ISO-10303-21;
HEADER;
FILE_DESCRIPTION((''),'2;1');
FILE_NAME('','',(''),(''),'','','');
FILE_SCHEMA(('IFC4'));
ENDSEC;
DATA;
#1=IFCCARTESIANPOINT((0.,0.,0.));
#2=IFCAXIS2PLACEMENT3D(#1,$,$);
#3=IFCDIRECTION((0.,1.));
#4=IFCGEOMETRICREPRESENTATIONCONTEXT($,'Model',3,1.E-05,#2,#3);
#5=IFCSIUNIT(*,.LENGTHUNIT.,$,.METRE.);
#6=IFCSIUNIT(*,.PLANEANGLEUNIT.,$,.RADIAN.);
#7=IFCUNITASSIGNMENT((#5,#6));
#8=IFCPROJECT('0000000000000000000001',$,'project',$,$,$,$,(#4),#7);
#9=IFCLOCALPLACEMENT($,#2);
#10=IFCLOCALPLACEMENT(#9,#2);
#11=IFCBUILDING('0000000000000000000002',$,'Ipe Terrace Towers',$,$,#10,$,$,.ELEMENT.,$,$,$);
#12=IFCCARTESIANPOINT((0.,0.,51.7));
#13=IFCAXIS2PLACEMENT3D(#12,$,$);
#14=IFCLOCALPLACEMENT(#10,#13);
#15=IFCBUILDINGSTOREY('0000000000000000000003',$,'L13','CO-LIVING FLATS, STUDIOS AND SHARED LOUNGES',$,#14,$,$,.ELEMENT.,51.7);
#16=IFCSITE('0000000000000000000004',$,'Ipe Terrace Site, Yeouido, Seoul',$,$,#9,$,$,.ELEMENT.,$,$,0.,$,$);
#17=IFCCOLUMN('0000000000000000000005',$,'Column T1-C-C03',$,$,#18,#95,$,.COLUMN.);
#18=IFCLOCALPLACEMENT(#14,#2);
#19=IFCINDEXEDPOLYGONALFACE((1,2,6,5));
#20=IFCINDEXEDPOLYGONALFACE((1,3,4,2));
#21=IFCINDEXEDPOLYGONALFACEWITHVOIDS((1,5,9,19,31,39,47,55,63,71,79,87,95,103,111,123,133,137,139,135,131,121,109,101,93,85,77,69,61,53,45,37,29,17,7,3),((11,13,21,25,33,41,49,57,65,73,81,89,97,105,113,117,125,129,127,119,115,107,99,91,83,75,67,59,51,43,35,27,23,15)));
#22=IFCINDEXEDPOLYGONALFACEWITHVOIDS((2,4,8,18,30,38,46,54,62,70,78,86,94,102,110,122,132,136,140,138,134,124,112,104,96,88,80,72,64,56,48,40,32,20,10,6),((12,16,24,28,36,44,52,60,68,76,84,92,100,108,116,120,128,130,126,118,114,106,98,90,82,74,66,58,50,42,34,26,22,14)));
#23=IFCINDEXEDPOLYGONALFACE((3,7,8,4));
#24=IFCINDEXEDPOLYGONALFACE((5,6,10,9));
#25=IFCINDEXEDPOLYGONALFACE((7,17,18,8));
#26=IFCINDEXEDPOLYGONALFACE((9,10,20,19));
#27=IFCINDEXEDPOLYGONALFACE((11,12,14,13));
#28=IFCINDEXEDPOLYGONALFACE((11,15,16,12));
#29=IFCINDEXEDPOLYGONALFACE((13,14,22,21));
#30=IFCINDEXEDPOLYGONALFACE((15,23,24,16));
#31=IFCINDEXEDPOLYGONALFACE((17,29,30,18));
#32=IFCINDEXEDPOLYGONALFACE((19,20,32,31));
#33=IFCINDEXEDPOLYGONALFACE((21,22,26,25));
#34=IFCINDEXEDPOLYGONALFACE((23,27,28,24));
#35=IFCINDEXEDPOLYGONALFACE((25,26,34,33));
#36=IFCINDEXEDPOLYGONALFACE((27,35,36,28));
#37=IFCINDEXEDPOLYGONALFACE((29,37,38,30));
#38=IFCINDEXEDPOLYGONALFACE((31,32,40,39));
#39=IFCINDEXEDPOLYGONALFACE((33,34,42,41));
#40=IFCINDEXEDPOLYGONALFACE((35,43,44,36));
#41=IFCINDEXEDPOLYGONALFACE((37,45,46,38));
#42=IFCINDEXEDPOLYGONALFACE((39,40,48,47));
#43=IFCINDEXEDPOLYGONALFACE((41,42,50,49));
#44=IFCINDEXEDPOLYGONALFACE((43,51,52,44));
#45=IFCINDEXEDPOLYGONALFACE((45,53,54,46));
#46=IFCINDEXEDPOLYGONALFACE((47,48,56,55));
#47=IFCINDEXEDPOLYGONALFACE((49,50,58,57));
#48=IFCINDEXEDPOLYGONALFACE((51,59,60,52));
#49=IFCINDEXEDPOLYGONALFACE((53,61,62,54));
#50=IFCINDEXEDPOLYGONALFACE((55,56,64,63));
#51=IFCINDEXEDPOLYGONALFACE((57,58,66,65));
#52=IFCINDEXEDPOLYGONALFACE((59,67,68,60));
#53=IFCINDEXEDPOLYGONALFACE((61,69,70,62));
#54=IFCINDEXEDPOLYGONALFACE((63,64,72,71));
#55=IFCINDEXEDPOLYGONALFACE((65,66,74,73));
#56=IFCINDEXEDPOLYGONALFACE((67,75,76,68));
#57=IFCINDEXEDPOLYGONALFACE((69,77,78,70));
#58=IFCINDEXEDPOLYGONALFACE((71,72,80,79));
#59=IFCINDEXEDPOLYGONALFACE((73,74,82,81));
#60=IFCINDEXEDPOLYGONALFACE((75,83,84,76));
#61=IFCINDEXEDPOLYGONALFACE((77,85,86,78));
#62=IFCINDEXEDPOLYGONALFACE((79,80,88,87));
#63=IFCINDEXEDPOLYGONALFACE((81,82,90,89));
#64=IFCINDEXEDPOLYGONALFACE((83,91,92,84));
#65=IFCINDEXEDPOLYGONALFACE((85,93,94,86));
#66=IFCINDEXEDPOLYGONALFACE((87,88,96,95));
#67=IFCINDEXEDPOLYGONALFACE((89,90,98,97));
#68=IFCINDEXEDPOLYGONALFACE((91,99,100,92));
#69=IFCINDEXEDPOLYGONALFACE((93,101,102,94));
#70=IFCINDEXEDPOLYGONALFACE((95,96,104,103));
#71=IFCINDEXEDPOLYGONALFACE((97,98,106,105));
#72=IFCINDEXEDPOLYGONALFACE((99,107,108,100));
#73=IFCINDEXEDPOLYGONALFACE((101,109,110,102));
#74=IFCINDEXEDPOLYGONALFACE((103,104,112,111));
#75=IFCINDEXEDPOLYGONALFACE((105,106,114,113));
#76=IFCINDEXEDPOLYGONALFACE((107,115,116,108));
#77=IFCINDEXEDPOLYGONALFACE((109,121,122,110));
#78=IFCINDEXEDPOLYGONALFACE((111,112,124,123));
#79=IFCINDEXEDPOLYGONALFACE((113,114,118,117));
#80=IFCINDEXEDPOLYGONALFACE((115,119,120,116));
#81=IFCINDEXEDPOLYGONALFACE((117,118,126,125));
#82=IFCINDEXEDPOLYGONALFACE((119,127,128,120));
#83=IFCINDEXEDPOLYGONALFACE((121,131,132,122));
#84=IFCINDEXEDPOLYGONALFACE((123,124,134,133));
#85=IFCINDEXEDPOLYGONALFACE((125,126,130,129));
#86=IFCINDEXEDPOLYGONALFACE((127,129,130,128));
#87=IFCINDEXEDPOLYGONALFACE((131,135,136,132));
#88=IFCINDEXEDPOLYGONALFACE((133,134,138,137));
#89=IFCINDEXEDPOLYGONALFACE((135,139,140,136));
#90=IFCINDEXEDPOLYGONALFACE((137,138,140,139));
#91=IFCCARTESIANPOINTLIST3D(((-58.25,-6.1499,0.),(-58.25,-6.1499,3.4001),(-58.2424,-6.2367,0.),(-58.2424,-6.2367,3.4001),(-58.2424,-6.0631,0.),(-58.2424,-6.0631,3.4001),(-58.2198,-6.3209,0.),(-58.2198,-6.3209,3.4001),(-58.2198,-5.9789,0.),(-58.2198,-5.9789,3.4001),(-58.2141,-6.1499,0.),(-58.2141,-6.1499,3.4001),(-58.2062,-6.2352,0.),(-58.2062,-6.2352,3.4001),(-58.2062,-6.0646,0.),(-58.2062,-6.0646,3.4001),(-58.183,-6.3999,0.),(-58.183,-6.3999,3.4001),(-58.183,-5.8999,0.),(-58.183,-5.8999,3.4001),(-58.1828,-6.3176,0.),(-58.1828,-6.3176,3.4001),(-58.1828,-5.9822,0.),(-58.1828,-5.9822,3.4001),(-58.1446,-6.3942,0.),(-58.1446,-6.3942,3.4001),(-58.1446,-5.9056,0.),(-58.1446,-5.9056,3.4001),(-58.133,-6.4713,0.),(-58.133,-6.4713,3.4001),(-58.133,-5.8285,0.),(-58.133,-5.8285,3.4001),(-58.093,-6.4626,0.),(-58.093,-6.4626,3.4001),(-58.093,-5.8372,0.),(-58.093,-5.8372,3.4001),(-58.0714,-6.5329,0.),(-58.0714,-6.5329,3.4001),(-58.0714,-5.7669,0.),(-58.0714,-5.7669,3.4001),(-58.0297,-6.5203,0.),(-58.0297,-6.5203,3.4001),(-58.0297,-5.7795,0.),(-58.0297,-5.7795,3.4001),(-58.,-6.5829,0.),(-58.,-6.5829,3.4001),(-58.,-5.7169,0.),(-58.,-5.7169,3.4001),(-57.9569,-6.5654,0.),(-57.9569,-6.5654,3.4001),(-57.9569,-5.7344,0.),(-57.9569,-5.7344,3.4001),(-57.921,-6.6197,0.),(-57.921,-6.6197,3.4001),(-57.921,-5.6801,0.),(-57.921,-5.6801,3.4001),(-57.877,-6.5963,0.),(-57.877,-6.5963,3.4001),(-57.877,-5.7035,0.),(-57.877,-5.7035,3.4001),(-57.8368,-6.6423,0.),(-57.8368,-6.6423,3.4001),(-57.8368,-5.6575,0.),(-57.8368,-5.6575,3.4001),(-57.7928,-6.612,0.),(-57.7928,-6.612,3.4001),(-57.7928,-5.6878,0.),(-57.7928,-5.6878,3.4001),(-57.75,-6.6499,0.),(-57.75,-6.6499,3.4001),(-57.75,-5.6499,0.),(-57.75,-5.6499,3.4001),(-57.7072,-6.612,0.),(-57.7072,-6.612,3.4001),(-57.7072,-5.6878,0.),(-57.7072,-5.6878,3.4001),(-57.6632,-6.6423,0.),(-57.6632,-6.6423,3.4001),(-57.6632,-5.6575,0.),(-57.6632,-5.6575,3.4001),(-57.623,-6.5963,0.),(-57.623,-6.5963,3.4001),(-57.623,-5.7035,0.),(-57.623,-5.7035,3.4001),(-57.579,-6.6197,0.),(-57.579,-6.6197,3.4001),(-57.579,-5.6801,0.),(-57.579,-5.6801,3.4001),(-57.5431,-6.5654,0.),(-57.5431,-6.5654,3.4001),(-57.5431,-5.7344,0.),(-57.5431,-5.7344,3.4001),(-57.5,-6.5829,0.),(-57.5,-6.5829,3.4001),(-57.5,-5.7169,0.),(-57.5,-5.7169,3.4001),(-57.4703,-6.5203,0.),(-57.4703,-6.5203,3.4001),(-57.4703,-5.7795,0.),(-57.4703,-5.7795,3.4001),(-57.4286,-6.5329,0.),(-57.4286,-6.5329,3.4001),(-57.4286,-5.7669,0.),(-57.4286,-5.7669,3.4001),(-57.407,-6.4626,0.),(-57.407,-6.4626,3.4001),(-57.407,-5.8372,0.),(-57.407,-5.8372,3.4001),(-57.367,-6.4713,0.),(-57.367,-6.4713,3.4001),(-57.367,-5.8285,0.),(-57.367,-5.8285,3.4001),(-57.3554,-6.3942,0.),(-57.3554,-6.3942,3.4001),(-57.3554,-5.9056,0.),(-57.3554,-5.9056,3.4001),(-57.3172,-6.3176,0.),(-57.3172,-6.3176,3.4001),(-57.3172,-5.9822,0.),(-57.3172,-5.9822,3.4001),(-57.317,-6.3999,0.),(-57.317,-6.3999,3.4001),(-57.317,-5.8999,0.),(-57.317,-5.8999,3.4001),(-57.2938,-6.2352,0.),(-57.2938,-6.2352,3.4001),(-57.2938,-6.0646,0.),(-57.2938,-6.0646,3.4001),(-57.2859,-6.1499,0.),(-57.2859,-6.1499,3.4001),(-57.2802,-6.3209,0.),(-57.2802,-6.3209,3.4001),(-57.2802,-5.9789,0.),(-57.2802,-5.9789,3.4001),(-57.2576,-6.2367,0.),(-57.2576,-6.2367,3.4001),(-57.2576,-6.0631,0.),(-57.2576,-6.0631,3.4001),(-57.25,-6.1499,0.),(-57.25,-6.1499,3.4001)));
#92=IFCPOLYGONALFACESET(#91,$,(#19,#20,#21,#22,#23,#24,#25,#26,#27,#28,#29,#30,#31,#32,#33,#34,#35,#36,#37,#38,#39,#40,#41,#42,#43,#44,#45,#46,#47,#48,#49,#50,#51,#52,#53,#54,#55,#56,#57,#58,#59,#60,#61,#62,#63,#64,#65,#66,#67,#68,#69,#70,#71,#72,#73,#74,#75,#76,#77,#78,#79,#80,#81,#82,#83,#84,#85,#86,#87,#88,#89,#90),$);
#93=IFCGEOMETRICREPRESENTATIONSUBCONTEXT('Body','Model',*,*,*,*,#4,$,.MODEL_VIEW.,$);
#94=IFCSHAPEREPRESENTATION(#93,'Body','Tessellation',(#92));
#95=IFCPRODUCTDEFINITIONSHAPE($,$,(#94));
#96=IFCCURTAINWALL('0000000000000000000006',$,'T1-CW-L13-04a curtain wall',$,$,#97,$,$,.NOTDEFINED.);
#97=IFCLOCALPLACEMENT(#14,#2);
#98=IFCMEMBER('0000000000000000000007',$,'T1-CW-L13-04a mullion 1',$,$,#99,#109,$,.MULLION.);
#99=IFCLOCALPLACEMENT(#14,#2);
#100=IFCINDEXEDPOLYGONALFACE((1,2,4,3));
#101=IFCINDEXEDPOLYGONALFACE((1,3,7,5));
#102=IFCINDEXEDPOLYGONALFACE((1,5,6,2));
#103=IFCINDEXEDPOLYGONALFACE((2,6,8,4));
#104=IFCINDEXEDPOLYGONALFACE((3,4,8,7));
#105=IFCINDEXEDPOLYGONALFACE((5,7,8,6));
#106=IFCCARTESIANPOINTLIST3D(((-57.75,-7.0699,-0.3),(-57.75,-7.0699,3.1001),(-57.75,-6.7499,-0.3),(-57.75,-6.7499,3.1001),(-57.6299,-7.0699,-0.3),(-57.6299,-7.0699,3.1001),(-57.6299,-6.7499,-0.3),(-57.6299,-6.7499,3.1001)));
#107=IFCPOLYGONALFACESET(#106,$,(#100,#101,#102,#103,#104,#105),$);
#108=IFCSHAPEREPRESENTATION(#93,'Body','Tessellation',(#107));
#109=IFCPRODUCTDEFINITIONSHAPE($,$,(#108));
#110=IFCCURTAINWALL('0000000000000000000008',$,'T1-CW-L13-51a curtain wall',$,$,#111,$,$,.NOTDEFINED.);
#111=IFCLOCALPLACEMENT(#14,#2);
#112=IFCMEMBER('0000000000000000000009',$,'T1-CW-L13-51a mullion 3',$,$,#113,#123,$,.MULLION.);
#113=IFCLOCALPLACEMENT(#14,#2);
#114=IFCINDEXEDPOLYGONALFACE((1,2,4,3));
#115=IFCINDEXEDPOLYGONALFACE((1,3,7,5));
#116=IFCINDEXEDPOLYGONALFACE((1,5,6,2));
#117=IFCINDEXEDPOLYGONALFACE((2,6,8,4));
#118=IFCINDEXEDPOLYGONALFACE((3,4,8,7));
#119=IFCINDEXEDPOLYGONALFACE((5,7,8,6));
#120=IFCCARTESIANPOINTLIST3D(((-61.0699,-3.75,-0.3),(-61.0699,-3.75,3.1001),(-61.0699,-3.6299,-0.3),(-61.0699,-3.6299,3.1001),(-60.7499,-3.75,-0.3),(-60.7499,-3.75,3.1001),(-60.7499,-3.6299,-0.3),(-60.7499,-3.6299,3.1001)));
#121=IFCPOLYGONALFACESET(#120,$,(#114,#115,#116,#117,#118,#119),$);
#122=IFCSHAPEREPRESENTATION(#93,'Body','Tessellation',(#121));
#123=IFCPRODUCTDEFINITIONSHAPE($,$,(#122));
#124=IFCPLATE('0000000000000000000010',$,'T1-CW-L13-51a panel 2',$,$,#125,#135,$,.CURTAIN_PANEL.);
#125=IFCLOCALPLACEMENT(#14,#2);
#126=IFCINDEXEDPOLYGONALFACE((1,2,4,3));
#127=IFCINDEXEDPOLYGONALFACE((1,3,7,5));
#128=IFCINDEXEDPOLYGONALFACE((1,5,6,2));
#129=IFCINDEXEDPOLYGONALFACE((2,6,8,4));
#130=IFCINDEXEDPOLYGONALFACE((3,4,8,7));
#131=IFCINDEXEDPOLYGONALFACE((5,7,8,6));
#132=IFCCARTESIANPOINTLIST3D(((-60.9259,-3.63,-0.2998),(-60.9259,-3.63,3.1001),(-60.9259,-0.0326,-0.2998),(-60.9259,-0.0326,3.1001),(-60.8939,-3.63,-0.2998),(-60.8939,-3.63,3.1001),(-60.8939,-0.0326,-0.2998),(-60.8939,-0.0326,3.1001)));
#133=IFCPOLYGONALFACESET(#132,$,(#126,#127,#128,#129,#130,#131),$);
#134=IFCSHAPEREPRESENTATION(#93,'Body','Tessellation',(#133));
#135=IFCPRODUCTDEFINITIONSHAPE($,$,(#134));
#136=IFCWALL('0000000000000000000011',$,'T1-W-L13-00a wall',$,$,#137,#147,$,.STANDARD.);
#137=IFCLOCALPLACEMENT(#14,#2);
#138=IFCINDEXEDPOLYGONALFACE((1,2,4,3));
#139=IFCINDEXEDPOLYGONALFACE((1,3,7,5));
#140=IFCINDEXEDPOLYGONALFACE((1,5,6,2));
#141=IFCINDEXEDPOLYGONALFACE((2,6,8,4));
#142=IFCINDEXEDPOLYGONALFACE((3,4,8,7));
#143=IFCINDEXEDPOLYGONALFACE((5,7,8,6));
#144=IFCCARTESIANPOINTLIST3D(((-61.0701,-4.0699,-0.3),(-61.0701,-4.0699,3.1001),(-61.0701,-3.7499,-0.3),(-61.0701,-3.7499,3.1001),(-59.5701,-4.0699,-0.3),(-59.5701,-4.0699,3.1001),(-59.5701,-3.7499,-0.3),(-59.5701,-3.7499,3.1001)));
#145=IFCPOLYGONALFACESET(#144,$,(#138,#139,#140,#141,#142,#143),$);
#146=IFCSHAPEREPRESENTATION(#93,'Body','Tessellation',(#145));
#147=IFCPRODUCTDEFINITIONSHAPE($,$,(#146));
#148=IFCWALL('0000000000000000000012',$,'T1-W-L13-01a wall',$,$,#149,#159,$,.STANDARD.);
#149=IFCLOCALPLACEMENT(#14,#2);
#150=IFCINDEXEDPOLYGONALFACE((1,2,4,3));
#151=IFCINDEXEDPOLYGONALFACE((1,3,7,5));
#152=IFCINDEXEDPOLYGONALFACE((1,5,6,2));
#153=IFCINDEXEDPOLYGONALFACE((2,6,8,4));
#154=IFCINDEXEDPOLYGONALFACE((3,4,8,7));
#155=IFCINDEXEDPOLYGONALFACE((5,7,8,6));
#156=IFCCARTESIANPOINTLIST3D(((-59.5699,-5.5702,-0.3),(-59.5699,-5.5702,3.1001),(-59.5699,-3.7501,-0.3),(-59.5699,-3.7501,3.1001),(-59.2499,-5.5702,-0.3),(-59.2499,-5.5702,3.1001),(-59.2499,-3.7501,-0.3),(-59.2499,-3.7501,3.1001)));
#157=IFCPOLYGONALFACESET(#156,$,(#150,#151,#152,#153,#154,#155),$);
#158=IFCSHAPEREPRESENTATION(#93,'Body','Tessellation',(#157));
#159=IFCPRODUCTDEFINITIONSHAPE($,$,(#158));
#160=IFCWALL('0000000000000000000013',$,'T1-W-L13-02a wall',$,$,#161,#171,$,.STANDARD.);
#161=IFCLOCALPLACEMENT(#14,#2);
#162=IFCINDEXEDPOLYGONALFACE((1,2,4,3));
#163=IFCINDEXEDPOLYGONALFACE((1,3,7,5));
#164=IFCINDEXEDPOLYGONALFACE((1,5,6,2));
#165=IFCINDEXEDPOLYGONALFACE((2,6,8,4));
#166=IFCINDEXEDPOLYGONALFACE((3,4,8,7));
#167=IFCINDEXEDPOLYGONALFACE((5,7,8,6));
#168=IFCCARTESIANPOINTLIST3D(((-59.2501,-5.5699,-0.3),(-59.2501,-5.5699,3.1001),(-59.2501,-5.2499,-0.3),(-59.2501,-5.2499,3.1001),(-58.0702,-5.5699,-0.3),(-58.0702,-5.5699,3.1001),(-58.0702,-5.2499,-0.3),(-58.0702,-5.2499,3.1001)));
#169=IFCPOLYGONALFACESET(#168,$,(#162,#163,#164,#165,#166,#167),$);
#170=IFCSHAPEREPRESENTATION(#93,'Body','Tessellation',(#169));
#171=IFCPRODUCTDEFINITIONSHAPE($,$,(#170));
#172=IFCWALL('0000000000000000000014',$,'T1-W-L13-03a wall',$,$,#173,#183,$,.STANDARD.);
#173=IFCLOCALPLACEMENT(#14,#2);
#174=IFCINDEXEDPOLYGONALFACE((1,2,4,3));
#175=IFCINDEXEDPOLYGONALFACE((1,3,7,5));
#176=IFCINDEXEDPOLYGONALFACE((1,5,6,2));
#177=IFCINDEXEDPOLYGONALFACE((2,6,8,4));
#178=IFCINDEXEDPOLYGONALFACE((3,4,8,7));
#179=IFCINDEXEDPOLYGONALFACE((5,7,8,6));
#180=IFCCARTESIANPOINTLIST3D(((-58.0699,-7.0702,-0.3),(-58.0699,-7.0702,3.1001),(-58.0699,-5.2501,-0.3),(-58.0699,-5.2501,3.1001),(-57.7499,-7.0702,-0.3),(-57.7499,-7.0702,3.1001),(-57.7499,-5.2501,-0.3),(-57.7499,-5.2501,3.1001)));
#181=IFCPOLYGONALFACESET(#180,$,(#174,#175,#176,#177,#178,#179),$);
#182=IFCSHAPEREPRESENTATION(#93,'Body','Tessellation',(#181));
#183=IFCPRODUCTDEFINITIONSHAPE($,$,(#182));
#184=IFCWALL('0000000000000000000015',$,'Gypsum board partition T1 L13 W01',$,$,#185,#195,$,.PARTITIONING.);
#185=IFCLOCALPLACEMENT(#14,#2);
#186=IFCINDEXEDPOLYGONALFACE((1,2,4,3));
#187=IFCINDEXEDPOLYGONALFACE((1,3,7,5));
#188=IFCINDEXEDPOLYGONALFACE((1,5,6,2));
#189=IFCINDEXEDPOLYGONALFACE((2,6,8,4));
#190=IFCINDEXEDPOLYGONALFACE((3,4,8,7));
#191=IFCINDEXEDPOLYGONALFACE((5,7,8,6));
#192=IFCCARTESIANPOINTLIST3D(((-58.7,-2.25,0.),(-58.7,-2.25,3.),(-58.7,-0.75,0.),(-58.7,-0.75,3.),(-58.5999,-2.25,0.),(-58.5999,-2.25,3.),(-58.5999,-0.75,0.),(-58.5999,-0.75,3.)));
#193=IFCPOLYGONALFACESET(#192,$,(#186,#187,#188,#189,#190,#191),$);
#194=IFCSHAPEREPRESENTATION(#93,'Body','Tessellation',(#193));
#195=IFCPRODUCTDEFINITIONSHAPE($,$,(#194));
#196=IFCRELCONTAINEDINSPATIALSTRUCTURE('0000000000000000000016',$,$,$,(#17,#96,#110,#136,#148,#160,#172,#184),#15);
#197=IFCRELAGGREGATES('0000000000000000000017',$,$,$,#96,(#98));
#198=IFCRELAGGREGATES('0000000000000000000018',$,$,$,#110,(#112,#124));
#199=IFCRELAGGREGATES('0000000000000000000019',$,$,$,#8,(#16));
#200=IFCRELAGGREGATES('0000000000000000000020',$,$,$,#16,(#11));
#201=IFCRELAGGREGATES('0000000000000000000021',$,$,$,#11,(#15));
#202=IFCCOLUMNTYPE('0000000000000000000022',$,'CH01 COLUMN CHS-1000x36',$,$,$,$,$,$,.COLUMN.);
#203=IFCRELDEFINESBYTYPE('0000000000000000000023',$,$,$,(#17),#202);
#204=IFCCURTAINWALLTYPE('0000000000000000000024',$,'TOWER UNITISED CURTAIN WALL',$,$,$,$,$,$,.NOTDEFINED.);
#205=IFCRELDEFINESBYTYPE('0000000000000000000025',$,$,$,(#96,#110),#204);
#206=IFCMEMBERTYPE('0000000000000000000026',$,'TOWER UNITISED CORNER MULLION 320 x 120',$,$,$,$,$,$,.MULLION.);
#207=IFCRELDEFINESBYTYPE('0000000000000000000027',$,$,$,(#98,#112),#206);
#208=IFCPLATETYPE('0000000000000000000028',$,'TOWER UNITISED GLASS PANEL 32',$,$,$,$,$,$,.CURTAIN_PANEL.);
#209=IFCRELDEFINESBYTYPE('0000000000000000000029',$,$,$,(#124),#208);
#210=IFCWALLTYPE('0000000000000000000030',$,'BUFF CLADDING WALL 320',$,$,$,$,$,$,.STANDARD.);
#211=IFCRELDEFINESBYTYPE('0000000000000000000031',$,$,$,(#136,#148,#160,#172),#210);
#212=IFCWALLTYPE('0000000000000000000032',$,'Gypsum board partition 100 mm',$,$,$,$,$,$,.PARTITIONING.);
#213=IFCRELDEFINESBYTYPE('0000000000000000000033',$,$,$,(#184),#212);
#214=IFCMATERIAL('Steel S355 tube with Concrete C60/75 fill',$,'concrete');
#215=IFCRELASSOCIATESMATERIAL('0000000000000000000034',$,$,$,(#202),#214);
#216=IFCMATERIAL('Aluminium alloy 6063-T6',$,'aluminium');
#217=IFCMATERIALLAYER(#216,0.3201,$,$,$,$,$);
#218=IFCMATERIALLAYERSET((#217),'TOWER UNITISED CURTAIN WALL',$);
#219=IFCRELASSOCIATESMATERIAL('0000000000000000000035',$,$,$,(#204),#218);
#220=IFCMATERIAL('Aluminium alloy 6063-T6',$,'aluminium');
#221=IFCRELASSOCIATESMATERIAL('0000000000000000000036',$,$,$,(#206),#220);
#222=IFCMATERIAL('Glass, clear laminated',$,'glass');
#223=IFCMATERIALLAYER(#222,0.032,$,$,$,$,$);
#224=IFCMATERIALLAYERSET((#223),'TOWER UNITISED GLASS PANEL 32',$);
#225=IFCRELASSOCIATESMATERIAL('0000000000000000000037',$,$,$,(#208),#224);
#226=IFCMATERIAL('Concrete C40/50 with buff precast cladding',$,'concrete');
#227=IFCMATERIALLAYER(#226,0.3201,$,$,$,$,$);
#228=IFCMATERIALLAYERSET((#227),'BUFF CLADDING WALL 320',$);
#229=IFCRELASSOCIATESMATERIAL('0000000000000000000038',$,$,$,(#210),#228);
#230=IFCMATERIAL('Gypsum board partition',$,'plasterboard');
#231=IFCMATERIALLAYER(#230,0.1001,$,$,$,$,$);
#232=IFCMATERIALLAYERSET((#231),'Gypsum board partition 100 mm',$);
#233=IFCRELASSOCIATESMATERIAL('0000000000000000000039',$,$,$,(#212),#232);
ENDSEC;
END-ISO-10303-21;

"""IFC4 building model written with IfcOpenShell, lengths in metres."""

from ifc_helpers import new_model, si_unit, direction, frame, frame_2d, origin, origin_2d, place, context, subcontext, project, spatial, rectangle, hollow_circle, extrude, material, layer, layer_set, material_profile, profile_set, type_object, element, aggregate, save


model = new_model("IFC4")

# Units and contexts
model_context = context("Model", 3, precision=1e-05, world=origin(), true_north=direction((0.0, 1.0)))
body_context = subcontext(model_context, "Body", "Model", "MODEL_VIEW")
ifc_project = project(units=[si_unit("LENGTHUNIT", "METRE"), si_unit("PLANEANGLEUNIT", "RADIAN")], contexts=[model_context])

# Site, building, storey
site_placement = place(None, origin())
site = spatial("IfcSite", under=ifc_project, at=site_placement, Name="Ipe Terrace Site, Yeouido, Seoul", CompositionType="ELEMENT", RefElevation=0.0)
building_placement = place(site_placement, origin())
building = spatial("IfcBuilding", under=site, at=building_placement, Name="Ipe Terrace Towers", CompositionType="ELEMENT")
storey_placement = place(building_placement, frame((0.0, 0.0, 51.7)))
storey = spatial("IfcBuildingStorey", under=building, at=storey_placement, Name="L13", Description="CO-LIVING FLATS, STUDIOS AND SHARED LOUNGES", CompositionType="ELEMENT", Elevation=51.7)

# Column
ifc_material_1 = material(Name="Steel S355 tube with Concrete C60/75 fill", Category="concrete")
ifc_material_profile_1 = material_profile(ifc_material_1, hollow_circle(Radius=0.5, WallThickness=0.0359, at=origin_2d()), Name="CHS-1000x36")
ifc_profile_set_1 = profile_set([ifc_material_profile_1], Name="Steel S355 tube with Concrete C60/75 fill")
column_type = type_object("IfcColumnType", Name="CH01 COLUMN CHS-1000x36", PredefinedType="COLUMN", material=ifc_profile_set_1)
column_placement = place(storey_placement, frame((-57.75, -6.1499, 0.0), z_axis=(0.0, 0.0, 1.0), x_axis=(1.0, 0.0, 0.0)))
element("IfcColumn", 1, at=column_placement, inside=storey, type_object=column_type, Name="Column T1-C-C03", PredefinedType="COLUMN", context=body_context, shape_type="SweptSolid", body=[
    extrude(hollow_circle(Radius=0.5, WallThickness=0.0359, at=origin_2d()), origin(), (0.0, 0.0, 1.0), 3.4001),
])

# Curtain wall, member
ifc_material_2 = material(Name="Aluminium alloy 6063-T6", Category="aluminium")
ifc_layer_1 = layer(ifc_material_2, 0.3201)
ifc_layer_set_1 = layer_set([ifc_layer_1], Name="TOWER UNITISED CURTAIN WALL")
curtain_wall_type = type_object("IfcCurtainWallType", Name="TOWER UNITISED CURTAIN WALL", PredefinedType="NOTDEFINED", material=ifc_layer_set_1)
curtain_wall_1_placement = place(storey_placement, origin())
curtain_wall_1 = element("IfcCurtainWall", 2, at=curtain_wall_1_placement, inside=storey, type_object=curtain_wall_type, Name="T1-CW-L13-04a curtain wall", PredefinedType="NOTDEFINED")
ifc_material_3 = material(Name="Aluminium alloy 6063-T6", Category="aluminium")
ifc_material_profile_2 = material_profile(ifc_material_3, rectangle(XDim=0.3201, YDim=0.1201, at=origin_2d()), Name="TOWER UNITISED CORNER MULLION 320 x 120")
ifc_profile_set_2 = profile_set([ifc_material_profile_2], Name="Aluminium alloy 6063-T6")
member_type = type_object("IfcMemberType", Name="TOWER UNITISED CORNER MULLION 320 x 120", PredefinedType="MULLION", material=ifc_profile_set_2)
member_1_placement = place(storey_placement, frame((-57.6899, -6.9099, -0.3), z_axis=(0.0, 0.0, 1.0), x_axis=(0.0, -1.0, 0.0)))
member_1 = element("IfcMember", 3, at=member_1_placement, type_object=member_type, Name="T1-CW-L13-04a mullion 1", PredefinedType="MULLION", context=body_context, shape_type="SweptSolid", body=[
    extrude(rectangle(XDim=0.3201, YDim=0.1201, at=origin_2d()), origin(), (0.0, 0.0, 1.0), 3.4001),
])
aggregate(curtain_wall_1, [member_1])

# Curtain wall, member, plate
curtain_wall_2_placement = place(storey_placement, origin())
curtain_wall_2 = element("IfcCurtainWall", 4, at=curtain_wall_2_placement, inside=storey, type_object=curtain_wall_type, Name="T1-CW-L13-51a curtain wall", PredefinedType="NOTDEFINED")
member_2_placement = place(storey_placement, frame((-60.9099, -3.6899, -0.3), z_axis=(0.0, 0.0, 1.0), x_axis=(-1.0, 0.0, 0.0)))
member_2 = element("IfcMember", 5, at=member_2_placement, type_object=member_type, Name="T1-CW-L13-51a mullion 3", PredefinedType="MULLION", context=body_context, shape_type="SweptSolid", body=[
    extrude(rectangle(XDim=0.3201, YDim=0.1201, at=origin_2d()), origin(), (0.0, 0.0, 1.0), 3.4001),
])
ifc_material_4 = material(Name="Glass, clear laminated", Category="glass")
ifc_layer_2 = layer(ifc_material_4, 0.032)
ifc_layer_set_2 = layer_set([ifc_layer_2], Name="TOWER UNITISED GLASS PANEL 32")
plate_type = type_object("IfcPlateType", Name="TOWER UNITISED GLASS PANEL 32", PredefinedType="CURTAIN_PANEL", material=ifc_layer_set_2)
plate_placement = place(storey_placement, frame((-60.9099, -1.8313, -0.2998), z_axis=(0.0, 0.0, 1.0), x_axis=(0.0, -1.0, 0.0)))
plate = element("IfcPlate", 6, at=plate_placement, type_object=plate_type, Name="T1-CW-L13-51a panel 2", PredefinedType="CURTAIN_PANEL", context=body_context, shape_type="SweptSolid", body=[
    extrude(rectangle(XDim=3.5974, YDim=0.032, at=origin_2d()), origin(), (0.0, 0.0, 1.0), 3.3999),
])
aggregate(curtain_wall_2, [member_2, plate])

# Walls
ifc_material_5 = material(Name="Concrete C40/50 with buff precast cladding", Category="concrete")
ifc_layer_3 = layer(ifc_material_5, 0.3201)
ifc_layer_set_3 = layer_set([ifc_layer_3], Name="BUFF CLADDING WALL 320")
wall_type_1 = type_object("IfcWallType", Name="BUFF CLADDING WALL 320", PredefinedType="STANDARD", material=ifc_layer_set_3)
wall_1_placement = place(storey_placement, frame((-61.0701, -3.9099, -0.3), z_axis=(0.0, 0.0, 1.0), x_axis=(1.0, 0.0, 0.0)))
element("IfcWall", 7, at=wall_1_placement, inside=storey, type_object=wall_type_1, Name="T1-W-L13-00a wall", PredefinedType="STANDARD", context=body_context, shape_type="SweptSolid", body=[
    extrude(rectangle(XDim=1.5, YDim=0.3201, at=frame_2d((0.75, 0.0))), origin(), (0.0, 0.0, 1.0), 3.4001),
])
wall_2_placement = place(storey_placement, frame((-59.4099, -3.75, -0.3), z_axis=(0.0, 0.0, 1.0), x_axis=(0.0, -1.0, 0.0)))
element("IfcWall", 8, at=wall_2_placement, inside=storey, type_object=wall_type_1, Name="T1-W-L13-01a wall", PredefinedType="STANDARD", context=body_context, shape_type="SweptSolid", body=[
    extrude(rectangle(XDim=1.8201, YDim=0.3201, at=frame_2d((0.9102, 0.0))), origin(), (0.0, 0.0, 1.0), 3.4001),
])
wall_3_placement = place(storey_placement, frame((-59.25, -5.4099, -0.3), z_axis=(0.0, 0.0, 1.0), x_axis=(1.0, 0.0, 0.0)))
element("IfcWall", 9, at=wall_3_placement, inside=storey, type_object=wall_type_1, Name="T1-W-L13-02a wall", PredefinedType="STANDARD", context=body_context, shape_type="SweptSolid", body=[
    extrude(rectangle(XDim=1.1799, YDim=0.3201, at=frame_2d((0.5898, 0.0))), origin(), (0.0, 0.0, 1.0), 3.4001),
])
wall_4_placement = place(storey_placement, frame((-57.9099, -5.25, -0.3), z_axis=(0.0, 0.0, 1.0), x_axis=(0.0, -1.0, 0.0)))
element("IfcWall", 10, at=wall_4_placement, inside=storey, type_object=wall_type_1, Name="T1-W-L13-03a wall", PredefinedType="STANDARD", context=body_context, shape_type="SweptSolid", body=[
    extrude(rectangle(XDim=1.8201, YDim=0.3201, at=frame_2d((0.9102, 0.0))), origin(), (0.0, 0.0, 1.0), 3.4001),
])
ifc_material_6 = material(Name="Gypsum board partition", Category="plasterboard")
ifc_layer_4 = layer(ifc_material_6, 0.1001)
ifc_layer_set_4 = layer_set([ifc_layer_4], Name="Gypsum board partition 100 mm")
wall_type_2 = type_object("IfcWallType", Name="Gypsum board partition 100 mm", PredefinedType="PARTITIONING", material=ifc_layer_set_4)
wall_5_placement = place(storey_placement, frame((-58.6499, -2.25, 0.0), z_axis=(0.0, 0.0, 1.0), x_axis=(0.0, 1.0, 0.0)))
element("IfcWall", 11, at=wall_5_placement, inside=storey, type_object=wall_type_2, Name="Gypsum board partition T1 L13 W01", PredefinedType="PARTITIONING", context=body_context, shape_type="SweptSolid", body=[
    extrude(rectangle(XDim=1.5, YDim=0.1001, at=frame_2d((0.75, 0.0))), origin(), (0.0, 0.0, 1.0), 3.0),
])

save(model, "model.ifc")
